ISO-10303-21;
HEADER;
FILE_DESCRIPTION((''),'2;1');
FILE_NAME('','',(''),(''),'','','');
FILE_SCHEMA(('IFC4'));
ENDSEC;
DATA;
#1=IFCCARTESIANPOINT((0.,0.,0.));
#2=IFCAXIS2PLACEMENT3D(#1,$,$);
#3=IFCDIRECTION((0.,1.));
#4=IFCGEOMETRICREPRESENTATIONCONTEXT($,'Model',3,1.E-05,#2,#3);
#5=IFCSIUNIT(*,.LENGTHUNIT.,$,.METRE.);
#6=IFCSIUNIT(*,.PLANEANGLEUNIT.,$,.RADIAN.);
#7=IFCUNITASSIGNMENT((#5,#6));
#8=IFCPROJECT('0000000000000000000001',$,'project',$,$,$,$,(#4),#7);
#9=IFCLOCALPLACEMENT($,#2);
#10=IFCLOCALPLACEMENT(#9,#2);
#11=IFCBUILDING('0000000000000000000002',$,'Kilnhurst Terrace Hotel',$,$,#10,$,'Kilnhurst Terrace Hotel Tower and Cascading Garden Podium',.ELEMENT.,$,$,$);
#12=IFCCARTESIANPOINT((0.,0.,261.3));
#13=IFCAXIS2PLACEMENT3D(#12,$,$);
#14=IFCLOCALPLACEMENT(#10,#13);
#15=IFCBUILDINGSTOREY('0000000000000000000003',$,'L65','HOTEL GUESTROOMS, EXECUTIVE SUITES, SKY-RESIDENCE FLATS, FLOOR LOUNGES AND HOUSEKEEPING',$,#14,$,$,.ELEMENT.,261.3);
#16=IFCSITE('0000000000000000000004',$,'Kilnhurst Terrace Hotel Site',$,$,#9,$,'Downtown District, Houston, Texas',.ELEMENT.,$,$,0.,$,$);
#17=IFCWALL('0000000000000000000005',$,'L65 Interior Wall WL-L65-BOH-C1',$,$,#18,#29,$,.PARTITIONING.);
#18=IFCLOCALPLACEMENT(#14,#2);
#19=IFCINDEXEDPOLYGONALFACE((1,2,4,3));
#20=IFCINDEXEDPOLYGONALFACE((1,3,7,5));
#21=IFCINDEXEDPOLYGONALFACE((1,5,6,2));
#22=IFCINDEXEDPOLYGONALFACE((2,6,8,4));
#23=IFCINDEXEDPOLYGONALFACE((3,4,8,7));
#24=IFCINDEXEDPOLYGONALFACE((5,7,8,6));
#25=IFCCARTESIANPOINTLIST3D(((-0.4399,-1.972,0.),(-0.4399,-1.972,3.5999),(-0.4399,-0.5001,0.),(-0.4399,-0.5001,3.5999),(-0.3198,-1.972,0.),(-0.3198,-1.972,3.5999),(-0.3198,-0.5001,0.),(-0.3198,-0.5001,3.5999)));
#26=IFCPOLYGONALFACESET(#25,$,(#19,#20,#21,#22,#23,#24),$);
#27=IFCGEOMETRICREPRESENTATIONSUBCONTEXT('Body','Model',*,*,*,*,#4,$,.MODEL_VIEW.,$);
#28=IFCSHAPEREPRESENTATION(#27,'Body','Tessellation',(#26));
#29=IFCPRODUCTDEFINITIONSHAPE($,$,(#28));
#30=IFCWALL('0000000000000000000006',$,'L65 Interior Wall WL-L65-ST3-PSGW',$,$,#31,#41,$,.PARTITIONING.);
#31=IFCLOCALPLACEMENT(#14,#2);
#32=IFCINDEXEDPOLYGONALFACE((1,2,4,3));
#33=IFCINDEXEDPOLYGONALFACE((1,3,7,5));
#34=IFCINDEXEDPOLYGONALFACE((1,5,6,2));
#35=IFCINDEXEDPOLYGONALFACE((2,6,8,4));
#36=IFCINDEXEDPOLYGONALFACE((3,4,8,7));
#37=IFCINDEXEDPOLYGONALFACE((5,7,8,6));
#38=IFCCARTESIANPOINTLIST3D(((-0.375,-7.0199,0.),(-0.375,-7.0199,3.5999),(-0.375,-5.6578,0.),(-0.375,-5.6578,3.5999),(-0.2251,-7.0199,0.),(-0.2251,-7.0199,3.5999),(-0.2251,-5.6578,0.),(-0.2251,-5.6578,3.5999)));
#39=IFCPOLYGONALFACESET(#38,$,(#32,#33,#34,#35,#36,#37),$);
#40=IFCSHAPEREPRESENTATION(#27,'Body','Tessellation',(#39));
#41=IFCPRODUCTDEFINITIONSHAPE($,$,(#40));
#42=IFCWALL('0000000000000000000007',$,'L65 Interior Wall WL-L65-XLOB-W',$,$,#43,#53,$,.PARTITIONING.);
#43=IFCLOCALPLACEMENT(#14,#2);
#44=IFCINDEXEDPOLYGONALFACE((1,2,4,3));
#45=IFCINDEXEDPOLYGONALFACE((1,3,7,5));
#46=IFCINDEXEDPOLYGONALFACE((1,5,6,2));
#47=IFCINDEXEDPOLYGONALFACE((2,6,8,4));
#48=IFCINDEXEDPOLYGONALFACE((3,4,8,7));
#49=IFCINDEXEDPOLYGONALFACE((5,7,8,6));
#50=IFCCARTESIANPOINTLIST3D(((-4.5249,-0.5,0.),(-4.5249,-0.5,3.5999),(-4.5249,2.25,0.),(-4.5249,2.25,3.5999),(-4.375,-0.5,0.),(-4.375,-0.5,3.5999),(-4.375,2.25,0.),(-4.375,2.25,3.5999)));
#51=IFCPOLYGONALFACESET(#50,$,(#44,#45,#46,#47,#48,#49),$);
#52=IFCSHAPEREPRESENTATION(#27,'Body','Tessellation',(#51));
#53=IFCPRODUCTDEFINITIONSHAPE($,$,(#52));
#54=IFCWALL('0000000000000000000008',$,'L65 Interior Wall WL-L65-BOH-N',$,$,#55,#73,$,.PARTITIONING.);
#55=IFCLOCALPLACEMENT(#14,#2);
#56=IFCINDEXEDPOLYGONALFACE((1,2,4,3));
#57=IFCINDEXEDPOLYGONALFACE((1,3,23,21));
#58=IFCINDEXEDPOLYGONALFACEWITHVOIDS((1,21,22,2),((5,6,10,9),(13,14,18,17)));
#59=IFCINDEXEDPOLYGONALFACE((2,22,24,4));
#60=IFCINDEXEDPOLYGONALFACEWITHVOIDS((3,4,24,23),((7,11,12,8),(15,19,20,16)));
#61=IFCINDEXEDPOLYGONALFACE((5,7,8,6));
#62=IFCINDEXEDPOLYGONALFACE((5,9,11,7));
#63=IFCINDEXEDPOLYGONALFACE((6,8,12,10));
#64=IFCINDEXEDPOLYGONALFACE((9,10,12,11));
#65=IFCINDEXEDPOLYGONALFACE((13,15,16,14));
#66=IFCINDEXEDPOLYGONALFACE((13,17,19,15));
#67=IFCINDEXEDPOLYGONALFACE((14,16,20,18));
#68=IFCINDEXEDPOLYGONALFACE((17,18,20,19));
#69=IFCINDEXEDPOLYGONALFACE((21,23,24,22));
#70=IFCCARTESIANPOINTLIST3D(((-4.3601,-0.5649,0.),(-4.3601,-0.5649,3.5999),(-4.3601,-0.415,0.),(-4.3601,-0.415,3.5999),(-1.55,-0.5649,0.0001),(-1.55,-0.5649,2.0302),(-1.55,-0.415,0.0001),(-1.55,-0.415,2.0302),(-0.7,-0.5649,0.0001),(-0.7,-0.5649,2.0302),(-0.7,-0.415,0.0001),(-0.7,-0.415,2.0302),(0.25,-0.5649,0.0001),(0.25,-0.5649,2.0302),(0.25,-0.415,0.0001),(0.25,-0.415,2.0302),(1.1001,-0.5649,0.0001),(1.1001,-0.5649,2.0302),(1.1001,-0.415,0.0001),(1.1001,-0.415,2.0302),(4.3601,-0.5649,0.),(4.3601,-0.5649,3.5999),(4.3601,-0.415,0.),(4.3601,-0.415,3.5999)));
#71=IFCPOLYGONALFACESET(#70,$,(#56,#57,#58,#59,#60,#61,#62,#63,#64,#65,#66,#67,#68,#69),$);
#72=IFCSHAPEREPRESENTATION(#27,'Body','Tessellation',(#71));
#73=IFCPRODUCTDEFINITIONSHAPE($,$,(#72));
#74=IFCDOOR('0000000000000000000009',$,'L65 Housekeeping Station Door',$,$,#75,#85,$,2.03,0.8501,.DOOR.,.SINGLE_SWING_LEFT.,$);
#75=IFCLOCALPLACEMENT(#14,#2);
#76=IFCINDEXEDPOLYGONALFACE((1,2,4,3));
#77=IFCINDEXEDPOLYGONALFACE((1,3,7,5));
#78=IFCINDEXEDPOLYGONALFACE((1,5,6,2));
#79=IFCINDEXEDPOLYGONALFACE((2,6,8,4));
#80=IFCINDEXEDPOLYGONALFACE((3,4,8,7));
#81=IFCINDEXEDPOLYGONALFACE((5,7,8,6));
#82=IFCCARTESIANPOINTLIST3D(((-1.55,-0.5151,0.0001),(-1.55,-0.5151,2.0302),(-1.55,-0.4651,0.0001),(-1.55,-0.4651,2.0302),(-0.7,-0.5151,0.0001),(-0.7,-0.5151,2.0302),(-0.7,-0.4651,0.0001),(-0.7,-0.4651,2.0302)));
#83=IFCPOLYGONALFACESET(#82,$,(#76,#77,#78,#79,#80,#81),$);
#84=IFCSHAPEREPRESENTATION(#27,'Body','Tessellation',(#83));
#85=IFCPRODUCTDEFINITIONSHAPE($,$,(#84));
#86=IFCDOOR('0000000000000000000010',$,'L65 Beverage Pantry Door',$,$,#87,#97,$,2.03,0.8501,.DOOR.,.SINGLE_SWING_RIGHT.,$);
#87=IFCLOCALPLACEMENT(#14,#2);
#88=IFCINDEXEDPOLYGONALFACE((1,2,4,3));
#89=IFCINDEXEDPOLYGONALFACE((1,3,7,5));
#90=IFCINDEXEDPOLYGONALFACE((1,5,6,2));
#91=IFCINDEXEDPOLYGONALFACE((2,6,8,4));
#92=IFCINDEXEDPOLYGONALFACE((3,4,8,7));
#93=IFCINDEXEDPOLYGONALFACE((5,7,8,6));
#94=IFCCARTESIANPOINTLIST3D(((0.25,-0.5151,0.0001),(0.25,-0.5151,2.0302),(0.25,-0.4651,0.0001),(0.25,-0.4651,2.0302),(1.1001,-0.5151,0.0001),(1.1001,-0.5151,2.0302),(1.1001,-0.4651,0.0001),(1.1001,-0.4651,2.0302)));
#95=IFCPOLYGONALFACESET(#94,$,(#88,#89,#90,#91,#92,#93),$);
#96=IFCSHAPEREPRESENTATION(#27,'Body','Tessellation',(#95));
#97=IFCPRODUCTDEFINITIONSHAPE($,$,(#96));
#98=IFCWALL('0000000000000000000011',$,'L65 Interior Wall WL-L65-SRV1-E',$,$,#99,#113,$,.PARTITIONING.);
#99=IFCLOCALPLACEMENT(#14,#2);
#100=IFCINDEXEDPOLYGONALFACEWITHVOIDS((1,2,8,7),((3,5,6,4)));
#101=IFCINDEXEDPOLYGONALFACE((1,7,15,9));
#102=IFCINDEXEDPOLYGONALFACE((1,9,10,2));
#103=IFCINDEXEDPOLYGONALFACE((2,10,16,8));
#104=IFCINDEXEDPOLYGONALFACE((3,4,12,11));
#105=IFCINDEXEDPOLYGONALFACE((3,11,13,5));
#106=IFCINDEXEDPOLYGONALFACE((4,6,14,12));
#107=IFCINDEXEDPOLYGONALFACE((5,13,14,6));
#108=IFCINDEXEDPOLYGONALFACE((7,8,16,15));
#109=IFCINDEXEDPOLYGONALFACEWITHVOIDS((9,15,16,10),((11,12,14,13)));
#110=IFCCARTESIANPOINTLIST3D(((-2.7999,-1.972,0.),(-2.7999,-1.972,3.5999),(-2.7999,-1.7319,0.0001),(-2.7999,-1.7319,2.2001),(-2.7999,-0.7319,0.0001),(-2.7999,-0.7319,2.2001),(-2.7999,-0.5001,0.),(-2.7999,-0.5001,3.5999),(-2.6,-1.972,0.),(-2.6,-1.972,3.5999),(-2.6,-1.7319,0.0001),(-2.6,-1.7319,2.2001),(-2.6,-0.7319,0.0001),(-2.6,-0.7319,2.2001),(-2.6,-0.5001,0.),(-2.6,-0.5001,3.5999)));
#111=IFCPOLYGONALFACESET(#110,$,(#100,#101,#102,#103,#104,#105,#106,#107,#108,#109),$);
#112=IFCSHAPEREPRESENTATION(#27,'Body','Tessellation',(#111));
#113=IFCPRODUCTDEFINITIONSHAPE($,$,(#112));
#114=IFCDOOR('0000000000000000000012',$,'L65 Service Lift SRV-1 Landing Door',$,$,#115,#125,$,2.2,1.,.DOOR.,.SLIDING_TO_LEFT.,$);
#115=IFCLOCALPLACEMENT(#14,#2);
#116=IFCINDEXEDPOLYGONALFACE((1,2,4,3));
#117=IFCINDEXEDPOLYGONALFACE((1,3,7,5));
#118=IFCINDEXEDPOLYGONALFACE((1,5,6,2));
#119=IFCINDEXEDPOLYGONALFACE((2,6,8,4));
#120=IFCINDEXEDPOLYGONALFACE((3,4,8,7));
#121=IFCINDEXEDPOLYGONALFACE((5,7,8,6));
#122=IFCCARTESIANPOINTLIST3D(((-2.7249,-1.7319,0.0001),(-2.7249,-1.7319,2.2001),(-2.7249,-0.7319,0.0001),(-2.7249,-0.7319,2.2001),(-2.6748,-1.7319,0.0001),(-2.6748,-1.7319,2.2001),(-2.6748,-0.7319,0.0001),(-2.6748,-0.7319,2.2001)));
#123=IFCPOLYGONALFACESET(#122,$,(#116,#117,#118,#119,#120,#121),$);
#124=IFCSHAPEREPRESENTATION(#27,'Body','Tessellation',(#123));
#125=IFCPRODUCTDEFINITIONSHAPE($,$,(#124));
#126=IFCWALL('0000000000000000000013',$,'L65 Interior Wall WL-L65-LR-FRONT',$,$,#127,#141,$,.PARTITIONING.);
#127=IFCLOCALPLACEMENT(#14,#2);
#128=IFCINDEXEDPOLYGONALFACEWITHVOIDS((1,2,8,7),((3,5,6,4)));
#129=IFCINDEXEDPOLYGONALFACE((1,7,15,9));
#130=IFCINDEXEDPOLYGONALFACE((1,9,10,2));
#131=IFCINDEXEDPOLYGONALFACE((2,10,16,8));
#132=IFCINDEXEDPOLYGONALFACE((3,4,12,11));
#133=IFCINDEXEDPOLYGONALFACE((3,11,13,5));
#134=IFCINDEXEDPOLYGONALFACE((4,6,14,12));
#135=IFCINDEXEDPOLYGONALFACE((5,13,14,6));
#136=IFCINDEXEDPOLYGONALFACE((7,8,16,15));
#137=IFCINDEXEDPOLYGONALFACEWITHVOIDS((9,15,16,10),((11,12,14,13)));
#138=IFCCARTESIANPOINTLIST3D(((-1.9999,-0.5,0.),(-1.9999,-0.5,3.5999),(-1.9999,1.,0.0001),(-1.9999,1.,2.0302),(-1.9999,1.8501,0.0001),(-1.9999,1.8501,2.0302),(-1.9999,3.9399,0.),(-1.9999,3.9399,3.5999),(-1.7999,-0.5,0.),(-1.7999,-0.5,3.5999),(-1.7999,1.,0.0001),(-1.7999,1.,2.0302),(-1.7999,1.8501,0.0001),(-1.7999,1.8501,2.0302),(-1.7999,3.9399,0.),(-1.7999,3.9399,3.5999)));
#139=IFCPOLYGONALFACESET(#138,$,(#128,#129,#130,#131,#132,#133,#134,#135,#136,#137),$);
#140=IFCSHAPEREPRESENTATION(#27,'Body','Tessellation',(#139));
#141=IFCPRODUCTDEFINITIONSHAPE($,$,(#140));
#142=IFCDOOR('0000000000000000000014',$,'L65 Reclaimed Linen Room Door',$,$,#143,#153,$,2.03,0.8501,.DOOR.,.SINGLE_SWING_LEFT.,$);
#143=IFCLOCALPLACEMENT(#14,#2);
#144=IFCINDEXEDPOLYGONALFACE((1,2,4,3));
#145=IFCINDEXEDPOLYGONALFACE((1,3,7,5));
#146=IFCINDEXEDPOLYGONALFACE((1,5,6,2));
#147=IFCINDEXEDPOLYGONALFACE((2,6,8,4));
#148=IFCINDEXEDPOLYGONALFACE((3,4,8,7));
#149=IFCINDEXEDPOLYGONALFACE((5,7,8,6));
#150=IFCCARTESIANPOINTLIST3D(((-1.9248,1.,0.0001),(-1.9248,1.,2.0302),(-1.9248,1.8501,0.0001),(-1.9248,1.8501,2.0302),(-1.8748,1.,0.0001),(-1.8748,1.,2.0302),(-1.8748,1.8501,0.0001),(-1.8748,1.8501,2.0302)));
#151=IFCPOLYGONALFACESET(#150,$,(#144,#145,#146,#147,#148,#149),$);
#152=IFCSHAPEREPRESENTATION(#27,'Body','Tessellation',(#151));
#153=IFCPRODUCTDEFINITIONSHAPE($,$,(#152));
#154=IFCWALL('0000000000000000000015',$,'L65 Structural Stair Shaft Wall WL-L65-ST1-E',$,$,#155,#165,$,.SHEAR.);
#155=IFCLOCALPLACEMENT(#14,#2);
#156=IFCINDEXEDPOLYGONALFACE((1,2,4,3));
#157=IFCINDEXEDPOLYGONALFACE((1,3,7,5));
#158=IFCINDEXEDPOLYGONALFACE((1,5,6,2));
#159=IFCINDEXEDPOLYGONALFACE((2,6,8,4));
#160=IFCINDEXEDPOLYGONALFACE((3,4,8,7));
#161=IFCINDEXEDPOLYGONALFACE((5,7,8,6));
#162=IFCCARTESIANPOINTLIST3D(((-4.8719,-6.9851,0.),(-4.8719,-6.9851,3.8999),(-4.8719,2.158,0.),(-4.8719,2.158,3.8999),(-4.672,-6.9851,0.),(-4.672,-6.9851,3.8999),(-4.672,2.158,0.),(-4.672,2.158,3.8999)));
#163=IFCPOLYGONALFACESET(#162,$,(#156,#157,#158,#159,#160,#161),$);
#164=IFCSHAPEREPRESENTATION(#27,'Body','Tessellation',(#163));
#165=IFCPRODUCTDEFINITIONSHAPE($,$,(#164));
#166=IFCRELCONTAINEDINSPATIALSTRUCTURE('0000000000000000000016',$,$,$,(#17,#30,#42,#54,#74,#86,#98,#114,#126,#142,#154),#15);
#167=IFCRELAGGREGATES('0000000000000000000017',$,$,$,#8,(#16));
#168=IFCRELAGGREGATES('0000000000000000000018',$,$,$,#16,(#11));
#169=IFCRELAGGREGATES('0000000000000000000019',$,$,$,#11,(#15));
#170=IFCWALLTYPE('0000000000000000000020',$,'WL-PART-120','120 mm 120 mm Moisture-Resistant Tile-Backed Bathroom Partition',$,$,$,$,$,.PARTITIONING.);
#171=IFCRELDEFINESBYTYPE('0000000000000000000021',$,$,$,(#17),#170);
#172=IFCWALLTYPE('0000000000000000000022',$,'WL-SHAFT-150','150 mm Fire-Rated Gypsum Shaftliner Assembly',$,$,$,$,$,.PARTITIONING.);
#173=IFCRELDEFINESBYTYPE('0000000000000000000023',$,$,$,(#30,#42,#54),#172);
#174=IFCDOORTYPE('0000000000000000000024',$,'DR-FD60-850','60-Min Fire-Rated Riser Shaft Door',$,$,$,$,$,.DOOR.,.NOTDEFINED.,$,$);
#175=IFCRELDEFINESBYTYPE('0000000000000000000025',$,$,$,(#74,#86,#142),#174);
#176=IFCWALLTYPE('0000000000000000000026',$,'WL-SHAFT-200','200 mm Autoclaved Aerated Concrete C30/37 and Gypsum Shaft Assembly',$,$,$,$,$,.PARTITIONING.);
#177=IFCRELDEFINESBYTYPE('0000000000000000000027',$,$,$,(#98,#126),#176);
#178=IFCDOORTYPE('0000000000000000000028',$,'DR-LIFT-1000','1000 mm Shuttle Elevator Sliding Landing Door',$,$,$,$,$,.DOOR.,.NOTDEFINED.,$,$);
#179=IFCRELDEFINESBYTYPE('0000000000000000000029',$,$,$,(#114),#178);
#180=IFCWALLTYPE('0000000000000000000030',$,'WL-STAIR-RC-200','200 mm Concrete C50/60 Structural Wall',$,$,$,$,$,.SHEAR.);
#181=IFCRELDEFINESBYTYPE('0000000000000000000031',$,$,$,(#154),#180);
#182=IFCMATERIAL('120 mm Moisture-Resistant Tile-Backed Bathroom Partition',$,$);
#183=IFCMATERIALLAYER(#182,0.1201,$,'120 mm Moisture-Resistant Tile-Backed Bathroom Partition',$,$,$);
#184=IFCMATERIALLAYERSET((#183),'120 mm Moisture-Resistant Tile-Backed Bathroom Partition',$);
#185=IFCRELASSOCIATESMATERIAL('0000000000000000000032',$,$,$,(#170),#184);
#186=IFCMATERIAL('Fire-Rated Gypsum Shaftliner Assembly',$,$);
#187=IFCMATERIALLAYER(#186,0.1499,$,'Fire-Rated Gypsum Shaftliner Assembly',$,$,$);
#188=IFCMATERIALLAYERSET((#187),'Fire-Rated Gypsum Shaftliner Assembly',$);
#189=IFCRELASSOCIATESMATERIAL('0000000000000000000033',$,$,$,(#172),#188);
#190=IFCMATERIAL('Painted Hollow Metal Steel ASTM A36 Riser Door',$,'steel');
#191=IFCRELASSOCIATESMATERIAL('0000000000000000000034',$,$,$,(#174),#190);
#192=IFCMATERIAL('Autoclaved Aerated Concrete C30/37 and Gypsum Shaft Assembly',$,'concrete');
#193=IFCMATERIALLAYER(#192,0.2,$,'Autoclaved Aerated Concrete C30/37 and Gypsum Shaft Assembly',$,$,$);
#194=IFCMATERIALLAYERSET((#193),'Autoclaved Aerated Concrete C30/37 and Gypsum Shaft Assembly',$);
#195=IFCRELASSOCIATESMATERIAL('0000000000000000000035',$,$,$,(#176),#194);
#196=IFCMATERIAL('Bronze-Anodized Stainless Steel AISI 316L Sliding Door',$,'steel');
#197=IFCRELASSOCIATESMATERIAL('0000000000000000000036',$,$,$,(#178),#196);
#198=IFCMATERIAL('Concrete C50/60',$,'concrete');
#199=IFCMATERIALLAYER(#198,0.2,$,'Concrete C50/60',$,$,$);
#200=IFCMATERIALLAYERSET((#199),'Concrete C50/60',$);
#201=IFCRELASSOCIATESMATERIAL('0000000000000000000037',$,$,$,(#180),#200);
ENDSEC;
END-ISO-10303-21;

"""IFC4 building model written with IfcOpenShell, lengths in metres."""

from ifc_helpers import new_model, si_unit, direction, frame, frame_2d, origin, place, context, subcontext, project, spatial, rectangle, extrude, material, layer, layer_set, type_object, element, fill, save


model = new_model("IFC4")

# Units and contexts
model_context = context("Model", 3, precision=1e-05, world=origin(), true_north=direction((0.0, 1.0)))
body_context = subcontext(model_context, "Body", "Model", "MODEL_VIEW")
ifc_project = project(units=[si_unit("LENGTHUNIT", "METRE"), si_unit("PLANEANGLEUNIT", "RADIAN")], contexts=[model_context])

# Site, building, storey
site_placement = place(None, origin())
site = spatial("IfcSite", under=ifc_project, at=site_placement, Name="Kilnhurst Terrace Hotel Site", LongName="Downtown District, Houston, Texas", CompositionType="ELEMENT", RefElevation=0.0)
building_placement = place(site_placement, origin())
building = spatial("IfcBuilding", under=site, at=building_placement, Name="Kilnhurst Terrace Hotel", LongName="Kilnhurst Terrace Hotel Tower and Cascading Garden Podium", CompositionType="ELEMENT")
storey_placement = place(building_placement, frame((0.0, 0.0, 261.3)))
storey = spatial("IfcBuildingStorey", under=building, at=storey_placement, Name="L65", Description="HOTEL GUESTROOMS, EXECUTIVE SUITES, SKY-RESIDENCE FLATS, FLOOR LOUNGES AND HOUSEKEEPING", CompositionType="ELEMENT", Elevation=261.3)

# Walls
ifc_material_1 = material(Name="120 mm Moisture-Resistant Tile-Backed Bathroom Partition")
ifc_layer_1 = layer(ifc_material_1, 0.1201, Name="120 mm Moisture-Resistant Tile-Backed Bathroom Partition")
ifc_layer_set_1 = layer_set([ifc_layer_1], Name="120 mm Moisture-Resistant Tile-Backed Bathroom Partition")
wall_type_1 = type_object("IfcWallType", Name="WL-PART-120", Description="120 mm 120 mm Moisture-Resistant Tile-Backed Bathroom Partition", PredefinedType="PARTITIONING", material=ifc_layer_set_1)
wall_1_placement = place(storey_placement, frame((-0.3799, -1.9719, 0.0), z_axis=(0.0, 0.0, 1.0), x_axis=(0.0, 1.0, 0.0)))
element("IfcWall", 1, at=wall_1_placement, inside=storey, type_object=wall_type_1, Name="L65 Interior Wall WL-L65-BOH-C1", PredefinedType="PARTITIONING", context=body_context, shape_type="SweptSolid", body=[
    extrude(rectangle(XDim=1.4719, YDim=0.1201, at=frame_2d((0.7358, 0.0))), origin(), (0.0, 0.0, 1.0), 3.5999),
])
ifc_material_2 = material(Name="Fire-Rated Gypsum Shaftliner Assembly")
ifc_layer_2 = layer(ifc_material_2, 0.1499, Name="Fire-Rated Gypsum Shaftliner Assembly")
ifc_layer_set_2 = layer_set([ifc_layer_2], Name="Fire-Rated Gypsum Shaftliner Assembly")
wall_type_2 = type_object("IfcWallType", Name="WL-SHAFT-150", Description="150 mm Fire-Rated Gypsum Shaftliner Assembly", PredefinedType="PARTITIONING", material=ifc_layer_set_2)
wall_2_placement = place(storey_placement, frame((-0.3, -7.02, 0.0), z_axis=(0.0, 0.0, 1.0), x_axis=(0.0, 1.0, 0.0)))
element("IfcWall", 2, at=wall_2_placement, inside=storey, type_object=wall_type_2, Name="L65 Interior Wall WL-L65-ST3-PSGW", PredefinedType="PARTITIONING", context=body_context, shape_type="SweptSolid", body=[
    extrude(rectangle(XDim=1.3621, YDim=0.1499, at=frame_2d((0.6812, 0.0))), origin(), (0.0, 0.0, 1.0), 3.5999),
])
wall_3_placement = place(storey_placement, frame((-4.45, -0.5, 0.0), z_axis=(0.0, 0.0, 1.0), x_axis=(0.0, 1.0, 0.0)))
element("IfcWall", 3, at=wall_3_placement, inside=storey, type_object=wall_type_2, Name="L65 Interior Wall WL-L65-XLOB-W", PredefinedType="PARTITIONING", context=body_context, shape_type="SweptSolid", body=[
    extrude(rectangle(XDim=2.75, YDim=0.1499, at=frame_2d((1.375, 0.0))), origin(), (0.0, 0.0, 1.0), 3.5999),
])

# Wall, openings, doors
wall_4_placement = place(storey_placement, frame((-4.3601, -0.49, 0.0), z_axis=(0.0, 0.0, 1.0), x_axis=(1.0, 0.0, 0.0)))
wall_4 = element("IfcWall", 4, at=wall_4_placement, inside=storey, type_object=wall_type_2, Name="L65 Interior Wall WL-L65-BOH-N", PredefinedType="PARTITIONING", context=body_context, shape_type="SweptSolid", body=[
    extrude(rectangle(XDim=8.7202, YDim=0.1499, at=frame_2d((4.3601, 0.0))), origin(), (0.0, 0.0, 1.0), 3.5999),
])
opening_1_placement = place(wall_4_placement, frame((2.8101, 0.0, 0.0)))
opening_1 = element("IfcOpeningElement", 5, at=opening_1_placement, cuts=wall_4, PredefinedType="OPENING", context=body_context, shape_type="SweptSolid", body=[
    extrude(rectangle(XDim=0.8501, YDim=2.03, at=frame_2d((0.425, 1.0151))), frame((0.0, 0.085, 0.0), z_axis=(0.0, -1.0, 0.0), x_axis=(1.0, 0.0, 0.0)), (0.0, 0.0, 1.0), 0.1699),
])
opening_2_placement = place(wall_4_placement, frame((4.6101, 0.0, 0.0)))
opening_2 = element("IfcOpeningElement", 6, at=opening_2_placement, cuts=wall_4, PredefinedType="OPENING", context=body_context, shape_type="SweptSolid", body=[
    extrude(rectangle(XDim=0.8501, YDim=2.03, at=frame_2d((0.425, 1.0151))), frame((0.0, 0.085, 0.0), z_axis=(0.0, -1.0, 0.0), x_axis=(1.0, 0.0, 0.0)), (0.0, 0.0, 1.0), 0.1699),
])
ifc_material_3 = material(Name="Painted Hollow Metal Steel ASTM A36 Riser Door", Category="steel")
door_type_1 = type_object("IfcDoorType", Name="DR-FD60-850", Description="60-Min Fire-Rated Riser Shaft Door", OperationType="NOTDEFINED", PredefinedType="DOOR", material=ifc_material_3)
door_1_placement = place(opening_1_placement, origin())
door_1 = element("IfcDoor", 7, at=door_1_placement, inside=storey, type_object=door_type_1, Name="L65 Housekeeping Station Door", OperationType="SINGLE_SWING_LEFT", OverallHeight=2.03, OverallWidth=0.8501, PredefinedType="DOOR", context=body_context, shape_type="SweptSolid", body=[
    extrude(rectangle(XDim=0.8501, YDim=2.03, at=frame_2d((0.425, 1.0151))), frame((0.0, 0.0249, 0.0), z_axis=(0.0, -1.0, 0.0), x_axis=(1.0, 0.0, 0.0)), (0.0, 0.0, 1.0), 0.05),
])
fill(opening_1, door_1)
door_2_placement = place(opening_2_placement, origin())
door_2 = element("IfcDoor", 8, at=door_2_placement, inside=storey, type_object=door_type_1, Name="L65 Beverage Pantry Door", OperationType="SINGLE_SWING_RIGHT", OverallHeight=2.03, OverallWidth=0.8501, PredefinedType="DOOR", context=body_context, shape_type="SweptSolid", body=[
    extrude(rectangle(XDim=0.8501, YDim=2.03, at=frame_2d((0.425, 1.0151))), frame((0.0, 0.0249, 0.0), z_axis=(0.0, -1.0, 0.0), x_axis=(1.0, 0.0, 0.0)), (0.0, 0.0, 1.0), 0.05),
])
fill(opening_2, door_2)

# Walls, openings, doors
ifc_material_4 = material(Name="Autoclaved Aerated Concrete C30/37 and Gypsum Shaft Assembly", Category="concrete")
ifc_layer_3 = layer(ifc_material_4, 0.2, Name="Autoclaved Aerated Concrete C30/37 and Gypsum Shaft Assembly")
ifc_layer_set_3 = layer_set([ifc_layer_3], Name="Autoclaved Aerated Concrete C30/37 and Gypsum Shaft Assembly")
wall_type_3 = type_object("IfcWallType", Name="WL-SHAFT-200", Description="200 mm Autoclaved Aerated Concrete C30/37 and Gypsum Shaft Assembly", PredefinedType="PARTITIONING", material=ifc_layer_set_3)
wall_5_placement = place(storey_placement, frame((-2.7, -1.9719, 0.0), z_axis=(0.0, 0.0, 1.0), x_axis=(0.0, 1.0, 0.0)))
wall_5 = element("IfcWall", 9, at=wall_5_placement, inside=storey, type_object=wall_type_3, Name="L65 Interior Wall WL-L65-SRV1-E", PredefinedType="PARTITIONING", context=body_context, shape_type="SweptSolid", body=[
    extrude(rectangle(XDim=1.4719, YDim=0.2, at=frame_2d((0.7358, 0.0))), origin(), (0.0, 0.0, 1.0), 3.5999),
])
opening_3_placement = place(wall_5_placement, frame((0.24, 0.0, 0.0)))
opening_3 = element("IfcOpeningElement", 10, at=opening_3_placement, cuts=wall_5, PredefinedType="OPENING", context=body_context, shape_type="SweptSolid", body=[
    extrude(rectangle(XDim=1.0, YDim=2.2, at=frame_2d((0.5, 1.1001))), frame((0.0, 0.1099, 0.0), z_axis=(0.0, -1.0, 0.0), x_axis=(1.0, 0.0, 0.0)), (0.0, 0.0, 1.0), 0.22),
])
ifc_material_5 = material(Name="Bronze-Anodized Stainless Steel AISI 316L Sliding Door", Category="steel")
door_type_2 = type_object("IfcDoorType", Name="DR-LIFT-1000", Description="1000 mm Shuttle Elevator Sliding Landing Door", OperationType="NOTDEFINED", PredefinedType="DOOR", material=ifc_material_5)
door_3_placement = place(opening_3_placement, origin())
door_3 = element("IfcDoor", 11, at=door_3_placement, inside=storey, type_object=door_type_2, Name="L65 Service Lift SRV-1 Landing Door", OperationType="SLIDING_TO_LEFT", OverallHeight=2.2, OverallWidth=1.0, PredefinedType="DOOR", context=body_context, shape_type="SweptSolid", body=[
    extrude(rectangle(XDim=1.0, YDim=2.2, at=frame_2d((0.5, 1.1001))), frame((0.0, 0.0249, 0.0), z_axis=(0.0, -1.0, 0.0), x_axis=(1.0, 0.0, 0.0)), (0.0, 0.0, 1.0), 0.05),
])
fill(opening_3, door_3)
wall_6_placement = place(storey_placement, frame((-1.8999, -0.5, 0.0), z_axis=(0.0, 0.0, 1.0), x_axis=(0.0, 1.0, 0.0)))
wall_6 = element("IfcWall", 12, at=wall_6_placement, inside=storey, type_object=wall_type_3, Name="L65 Interior Wall WL-L65-LR-FRONT", PredefinedType="PARTITIONING", context=body_context, shape_type="SweptSolid", body=[
    extrude(rectangle(XDim=4.4399, YDim=0.2, at=frame_2d((2.22, 0.0))), origin(), (0.0, 0.0, 1.0), 3.5999),
])
opening_4_placement = place(wall_6_placement, frame((1.5, 0.0, 0.0)))
opening_4 = element("IfcOpeningElement", 13, at=opening_4_placement, cuts=wall_6, PredefinedType="OPENING", context=body_context, shape_type="SweptSolid", body=[
    extrude(rectangle(XDim=0.8501, YDim=2.03, at=frame_2d((0.425, 1.0151))), frame((0.0, 0.1099, 0.0), z_axis=(0.0, -1.0, 0.0), x_axis=(1.0, 0.0, 0.0)), (0.0, 0.0, 1.0), 0.22),
])
door_4_placement = place(opening_4_placement, origin())
door_4 = element("IfcDoor", 14, at=door_4_placement, inside=storey, type_object=door_type_1, Name="L65 Reclaimed Linen Room Door", OperationType="SINGLE_SWING_LEFT", OverallHeight=2.03, OverallWidth=0.8501, PredefinedType="DOOR", context=body_context, shape_type="SweptSolid", body=[
    extrude(rectangle(XDim=0.8501, YDim=2.03, at=frame_2d((0.425, 1.0151))), frame((0.0, 0.0249, 0.0), z_axis=(0.0, -1.0, 0.0), x_axis=(1.0, 0.0, 0.0)), (0.0, 0.0, 1.0), 0.05),
])
fill(opening_4, door_4)

# Wall
ifc_material_6 = material(Name="Concrete C50/60", Category="concrete")
ifc_layer_4 = layer(ifc_material_6, 0.2, Name="Concrete C50/60")
ifc_layer_set_4 = layer_set([ifc_layer_4], Name="Concrete C50/60")
wall_type_4 = type_object("IfcWallType", Name="WL-STAIR-RC-200", Description="200 mm Concrete C50/60 Structural Wall", PredefinedType="SHEAR", material=ifc_layer_set_4)
wall_7_placement = place(storey_placement, frame((-4.772, -6.9851, 0.0), z_axis=(0.0, 0.0, 1.0), x_axis=(0.0, 1.0, 0.0)))
element("IfcWall", 15, at=wall_7_placement, inside=storey, type_object=wall_type_4, Name="L65 Structural Stair Shaft Wall WL-L65-ST1-E", PredefinedType="SHEAR", context=body_context, shape_type="SweptSolid", body=[
    extrude(rectangle(XDim=9.1431, YDim=0.2, at=frame_2d((4.5715, 0.0))), origin(), (0.0, 0.0, 1.0), 3.8999),
])

save(model, "model.ifc")
